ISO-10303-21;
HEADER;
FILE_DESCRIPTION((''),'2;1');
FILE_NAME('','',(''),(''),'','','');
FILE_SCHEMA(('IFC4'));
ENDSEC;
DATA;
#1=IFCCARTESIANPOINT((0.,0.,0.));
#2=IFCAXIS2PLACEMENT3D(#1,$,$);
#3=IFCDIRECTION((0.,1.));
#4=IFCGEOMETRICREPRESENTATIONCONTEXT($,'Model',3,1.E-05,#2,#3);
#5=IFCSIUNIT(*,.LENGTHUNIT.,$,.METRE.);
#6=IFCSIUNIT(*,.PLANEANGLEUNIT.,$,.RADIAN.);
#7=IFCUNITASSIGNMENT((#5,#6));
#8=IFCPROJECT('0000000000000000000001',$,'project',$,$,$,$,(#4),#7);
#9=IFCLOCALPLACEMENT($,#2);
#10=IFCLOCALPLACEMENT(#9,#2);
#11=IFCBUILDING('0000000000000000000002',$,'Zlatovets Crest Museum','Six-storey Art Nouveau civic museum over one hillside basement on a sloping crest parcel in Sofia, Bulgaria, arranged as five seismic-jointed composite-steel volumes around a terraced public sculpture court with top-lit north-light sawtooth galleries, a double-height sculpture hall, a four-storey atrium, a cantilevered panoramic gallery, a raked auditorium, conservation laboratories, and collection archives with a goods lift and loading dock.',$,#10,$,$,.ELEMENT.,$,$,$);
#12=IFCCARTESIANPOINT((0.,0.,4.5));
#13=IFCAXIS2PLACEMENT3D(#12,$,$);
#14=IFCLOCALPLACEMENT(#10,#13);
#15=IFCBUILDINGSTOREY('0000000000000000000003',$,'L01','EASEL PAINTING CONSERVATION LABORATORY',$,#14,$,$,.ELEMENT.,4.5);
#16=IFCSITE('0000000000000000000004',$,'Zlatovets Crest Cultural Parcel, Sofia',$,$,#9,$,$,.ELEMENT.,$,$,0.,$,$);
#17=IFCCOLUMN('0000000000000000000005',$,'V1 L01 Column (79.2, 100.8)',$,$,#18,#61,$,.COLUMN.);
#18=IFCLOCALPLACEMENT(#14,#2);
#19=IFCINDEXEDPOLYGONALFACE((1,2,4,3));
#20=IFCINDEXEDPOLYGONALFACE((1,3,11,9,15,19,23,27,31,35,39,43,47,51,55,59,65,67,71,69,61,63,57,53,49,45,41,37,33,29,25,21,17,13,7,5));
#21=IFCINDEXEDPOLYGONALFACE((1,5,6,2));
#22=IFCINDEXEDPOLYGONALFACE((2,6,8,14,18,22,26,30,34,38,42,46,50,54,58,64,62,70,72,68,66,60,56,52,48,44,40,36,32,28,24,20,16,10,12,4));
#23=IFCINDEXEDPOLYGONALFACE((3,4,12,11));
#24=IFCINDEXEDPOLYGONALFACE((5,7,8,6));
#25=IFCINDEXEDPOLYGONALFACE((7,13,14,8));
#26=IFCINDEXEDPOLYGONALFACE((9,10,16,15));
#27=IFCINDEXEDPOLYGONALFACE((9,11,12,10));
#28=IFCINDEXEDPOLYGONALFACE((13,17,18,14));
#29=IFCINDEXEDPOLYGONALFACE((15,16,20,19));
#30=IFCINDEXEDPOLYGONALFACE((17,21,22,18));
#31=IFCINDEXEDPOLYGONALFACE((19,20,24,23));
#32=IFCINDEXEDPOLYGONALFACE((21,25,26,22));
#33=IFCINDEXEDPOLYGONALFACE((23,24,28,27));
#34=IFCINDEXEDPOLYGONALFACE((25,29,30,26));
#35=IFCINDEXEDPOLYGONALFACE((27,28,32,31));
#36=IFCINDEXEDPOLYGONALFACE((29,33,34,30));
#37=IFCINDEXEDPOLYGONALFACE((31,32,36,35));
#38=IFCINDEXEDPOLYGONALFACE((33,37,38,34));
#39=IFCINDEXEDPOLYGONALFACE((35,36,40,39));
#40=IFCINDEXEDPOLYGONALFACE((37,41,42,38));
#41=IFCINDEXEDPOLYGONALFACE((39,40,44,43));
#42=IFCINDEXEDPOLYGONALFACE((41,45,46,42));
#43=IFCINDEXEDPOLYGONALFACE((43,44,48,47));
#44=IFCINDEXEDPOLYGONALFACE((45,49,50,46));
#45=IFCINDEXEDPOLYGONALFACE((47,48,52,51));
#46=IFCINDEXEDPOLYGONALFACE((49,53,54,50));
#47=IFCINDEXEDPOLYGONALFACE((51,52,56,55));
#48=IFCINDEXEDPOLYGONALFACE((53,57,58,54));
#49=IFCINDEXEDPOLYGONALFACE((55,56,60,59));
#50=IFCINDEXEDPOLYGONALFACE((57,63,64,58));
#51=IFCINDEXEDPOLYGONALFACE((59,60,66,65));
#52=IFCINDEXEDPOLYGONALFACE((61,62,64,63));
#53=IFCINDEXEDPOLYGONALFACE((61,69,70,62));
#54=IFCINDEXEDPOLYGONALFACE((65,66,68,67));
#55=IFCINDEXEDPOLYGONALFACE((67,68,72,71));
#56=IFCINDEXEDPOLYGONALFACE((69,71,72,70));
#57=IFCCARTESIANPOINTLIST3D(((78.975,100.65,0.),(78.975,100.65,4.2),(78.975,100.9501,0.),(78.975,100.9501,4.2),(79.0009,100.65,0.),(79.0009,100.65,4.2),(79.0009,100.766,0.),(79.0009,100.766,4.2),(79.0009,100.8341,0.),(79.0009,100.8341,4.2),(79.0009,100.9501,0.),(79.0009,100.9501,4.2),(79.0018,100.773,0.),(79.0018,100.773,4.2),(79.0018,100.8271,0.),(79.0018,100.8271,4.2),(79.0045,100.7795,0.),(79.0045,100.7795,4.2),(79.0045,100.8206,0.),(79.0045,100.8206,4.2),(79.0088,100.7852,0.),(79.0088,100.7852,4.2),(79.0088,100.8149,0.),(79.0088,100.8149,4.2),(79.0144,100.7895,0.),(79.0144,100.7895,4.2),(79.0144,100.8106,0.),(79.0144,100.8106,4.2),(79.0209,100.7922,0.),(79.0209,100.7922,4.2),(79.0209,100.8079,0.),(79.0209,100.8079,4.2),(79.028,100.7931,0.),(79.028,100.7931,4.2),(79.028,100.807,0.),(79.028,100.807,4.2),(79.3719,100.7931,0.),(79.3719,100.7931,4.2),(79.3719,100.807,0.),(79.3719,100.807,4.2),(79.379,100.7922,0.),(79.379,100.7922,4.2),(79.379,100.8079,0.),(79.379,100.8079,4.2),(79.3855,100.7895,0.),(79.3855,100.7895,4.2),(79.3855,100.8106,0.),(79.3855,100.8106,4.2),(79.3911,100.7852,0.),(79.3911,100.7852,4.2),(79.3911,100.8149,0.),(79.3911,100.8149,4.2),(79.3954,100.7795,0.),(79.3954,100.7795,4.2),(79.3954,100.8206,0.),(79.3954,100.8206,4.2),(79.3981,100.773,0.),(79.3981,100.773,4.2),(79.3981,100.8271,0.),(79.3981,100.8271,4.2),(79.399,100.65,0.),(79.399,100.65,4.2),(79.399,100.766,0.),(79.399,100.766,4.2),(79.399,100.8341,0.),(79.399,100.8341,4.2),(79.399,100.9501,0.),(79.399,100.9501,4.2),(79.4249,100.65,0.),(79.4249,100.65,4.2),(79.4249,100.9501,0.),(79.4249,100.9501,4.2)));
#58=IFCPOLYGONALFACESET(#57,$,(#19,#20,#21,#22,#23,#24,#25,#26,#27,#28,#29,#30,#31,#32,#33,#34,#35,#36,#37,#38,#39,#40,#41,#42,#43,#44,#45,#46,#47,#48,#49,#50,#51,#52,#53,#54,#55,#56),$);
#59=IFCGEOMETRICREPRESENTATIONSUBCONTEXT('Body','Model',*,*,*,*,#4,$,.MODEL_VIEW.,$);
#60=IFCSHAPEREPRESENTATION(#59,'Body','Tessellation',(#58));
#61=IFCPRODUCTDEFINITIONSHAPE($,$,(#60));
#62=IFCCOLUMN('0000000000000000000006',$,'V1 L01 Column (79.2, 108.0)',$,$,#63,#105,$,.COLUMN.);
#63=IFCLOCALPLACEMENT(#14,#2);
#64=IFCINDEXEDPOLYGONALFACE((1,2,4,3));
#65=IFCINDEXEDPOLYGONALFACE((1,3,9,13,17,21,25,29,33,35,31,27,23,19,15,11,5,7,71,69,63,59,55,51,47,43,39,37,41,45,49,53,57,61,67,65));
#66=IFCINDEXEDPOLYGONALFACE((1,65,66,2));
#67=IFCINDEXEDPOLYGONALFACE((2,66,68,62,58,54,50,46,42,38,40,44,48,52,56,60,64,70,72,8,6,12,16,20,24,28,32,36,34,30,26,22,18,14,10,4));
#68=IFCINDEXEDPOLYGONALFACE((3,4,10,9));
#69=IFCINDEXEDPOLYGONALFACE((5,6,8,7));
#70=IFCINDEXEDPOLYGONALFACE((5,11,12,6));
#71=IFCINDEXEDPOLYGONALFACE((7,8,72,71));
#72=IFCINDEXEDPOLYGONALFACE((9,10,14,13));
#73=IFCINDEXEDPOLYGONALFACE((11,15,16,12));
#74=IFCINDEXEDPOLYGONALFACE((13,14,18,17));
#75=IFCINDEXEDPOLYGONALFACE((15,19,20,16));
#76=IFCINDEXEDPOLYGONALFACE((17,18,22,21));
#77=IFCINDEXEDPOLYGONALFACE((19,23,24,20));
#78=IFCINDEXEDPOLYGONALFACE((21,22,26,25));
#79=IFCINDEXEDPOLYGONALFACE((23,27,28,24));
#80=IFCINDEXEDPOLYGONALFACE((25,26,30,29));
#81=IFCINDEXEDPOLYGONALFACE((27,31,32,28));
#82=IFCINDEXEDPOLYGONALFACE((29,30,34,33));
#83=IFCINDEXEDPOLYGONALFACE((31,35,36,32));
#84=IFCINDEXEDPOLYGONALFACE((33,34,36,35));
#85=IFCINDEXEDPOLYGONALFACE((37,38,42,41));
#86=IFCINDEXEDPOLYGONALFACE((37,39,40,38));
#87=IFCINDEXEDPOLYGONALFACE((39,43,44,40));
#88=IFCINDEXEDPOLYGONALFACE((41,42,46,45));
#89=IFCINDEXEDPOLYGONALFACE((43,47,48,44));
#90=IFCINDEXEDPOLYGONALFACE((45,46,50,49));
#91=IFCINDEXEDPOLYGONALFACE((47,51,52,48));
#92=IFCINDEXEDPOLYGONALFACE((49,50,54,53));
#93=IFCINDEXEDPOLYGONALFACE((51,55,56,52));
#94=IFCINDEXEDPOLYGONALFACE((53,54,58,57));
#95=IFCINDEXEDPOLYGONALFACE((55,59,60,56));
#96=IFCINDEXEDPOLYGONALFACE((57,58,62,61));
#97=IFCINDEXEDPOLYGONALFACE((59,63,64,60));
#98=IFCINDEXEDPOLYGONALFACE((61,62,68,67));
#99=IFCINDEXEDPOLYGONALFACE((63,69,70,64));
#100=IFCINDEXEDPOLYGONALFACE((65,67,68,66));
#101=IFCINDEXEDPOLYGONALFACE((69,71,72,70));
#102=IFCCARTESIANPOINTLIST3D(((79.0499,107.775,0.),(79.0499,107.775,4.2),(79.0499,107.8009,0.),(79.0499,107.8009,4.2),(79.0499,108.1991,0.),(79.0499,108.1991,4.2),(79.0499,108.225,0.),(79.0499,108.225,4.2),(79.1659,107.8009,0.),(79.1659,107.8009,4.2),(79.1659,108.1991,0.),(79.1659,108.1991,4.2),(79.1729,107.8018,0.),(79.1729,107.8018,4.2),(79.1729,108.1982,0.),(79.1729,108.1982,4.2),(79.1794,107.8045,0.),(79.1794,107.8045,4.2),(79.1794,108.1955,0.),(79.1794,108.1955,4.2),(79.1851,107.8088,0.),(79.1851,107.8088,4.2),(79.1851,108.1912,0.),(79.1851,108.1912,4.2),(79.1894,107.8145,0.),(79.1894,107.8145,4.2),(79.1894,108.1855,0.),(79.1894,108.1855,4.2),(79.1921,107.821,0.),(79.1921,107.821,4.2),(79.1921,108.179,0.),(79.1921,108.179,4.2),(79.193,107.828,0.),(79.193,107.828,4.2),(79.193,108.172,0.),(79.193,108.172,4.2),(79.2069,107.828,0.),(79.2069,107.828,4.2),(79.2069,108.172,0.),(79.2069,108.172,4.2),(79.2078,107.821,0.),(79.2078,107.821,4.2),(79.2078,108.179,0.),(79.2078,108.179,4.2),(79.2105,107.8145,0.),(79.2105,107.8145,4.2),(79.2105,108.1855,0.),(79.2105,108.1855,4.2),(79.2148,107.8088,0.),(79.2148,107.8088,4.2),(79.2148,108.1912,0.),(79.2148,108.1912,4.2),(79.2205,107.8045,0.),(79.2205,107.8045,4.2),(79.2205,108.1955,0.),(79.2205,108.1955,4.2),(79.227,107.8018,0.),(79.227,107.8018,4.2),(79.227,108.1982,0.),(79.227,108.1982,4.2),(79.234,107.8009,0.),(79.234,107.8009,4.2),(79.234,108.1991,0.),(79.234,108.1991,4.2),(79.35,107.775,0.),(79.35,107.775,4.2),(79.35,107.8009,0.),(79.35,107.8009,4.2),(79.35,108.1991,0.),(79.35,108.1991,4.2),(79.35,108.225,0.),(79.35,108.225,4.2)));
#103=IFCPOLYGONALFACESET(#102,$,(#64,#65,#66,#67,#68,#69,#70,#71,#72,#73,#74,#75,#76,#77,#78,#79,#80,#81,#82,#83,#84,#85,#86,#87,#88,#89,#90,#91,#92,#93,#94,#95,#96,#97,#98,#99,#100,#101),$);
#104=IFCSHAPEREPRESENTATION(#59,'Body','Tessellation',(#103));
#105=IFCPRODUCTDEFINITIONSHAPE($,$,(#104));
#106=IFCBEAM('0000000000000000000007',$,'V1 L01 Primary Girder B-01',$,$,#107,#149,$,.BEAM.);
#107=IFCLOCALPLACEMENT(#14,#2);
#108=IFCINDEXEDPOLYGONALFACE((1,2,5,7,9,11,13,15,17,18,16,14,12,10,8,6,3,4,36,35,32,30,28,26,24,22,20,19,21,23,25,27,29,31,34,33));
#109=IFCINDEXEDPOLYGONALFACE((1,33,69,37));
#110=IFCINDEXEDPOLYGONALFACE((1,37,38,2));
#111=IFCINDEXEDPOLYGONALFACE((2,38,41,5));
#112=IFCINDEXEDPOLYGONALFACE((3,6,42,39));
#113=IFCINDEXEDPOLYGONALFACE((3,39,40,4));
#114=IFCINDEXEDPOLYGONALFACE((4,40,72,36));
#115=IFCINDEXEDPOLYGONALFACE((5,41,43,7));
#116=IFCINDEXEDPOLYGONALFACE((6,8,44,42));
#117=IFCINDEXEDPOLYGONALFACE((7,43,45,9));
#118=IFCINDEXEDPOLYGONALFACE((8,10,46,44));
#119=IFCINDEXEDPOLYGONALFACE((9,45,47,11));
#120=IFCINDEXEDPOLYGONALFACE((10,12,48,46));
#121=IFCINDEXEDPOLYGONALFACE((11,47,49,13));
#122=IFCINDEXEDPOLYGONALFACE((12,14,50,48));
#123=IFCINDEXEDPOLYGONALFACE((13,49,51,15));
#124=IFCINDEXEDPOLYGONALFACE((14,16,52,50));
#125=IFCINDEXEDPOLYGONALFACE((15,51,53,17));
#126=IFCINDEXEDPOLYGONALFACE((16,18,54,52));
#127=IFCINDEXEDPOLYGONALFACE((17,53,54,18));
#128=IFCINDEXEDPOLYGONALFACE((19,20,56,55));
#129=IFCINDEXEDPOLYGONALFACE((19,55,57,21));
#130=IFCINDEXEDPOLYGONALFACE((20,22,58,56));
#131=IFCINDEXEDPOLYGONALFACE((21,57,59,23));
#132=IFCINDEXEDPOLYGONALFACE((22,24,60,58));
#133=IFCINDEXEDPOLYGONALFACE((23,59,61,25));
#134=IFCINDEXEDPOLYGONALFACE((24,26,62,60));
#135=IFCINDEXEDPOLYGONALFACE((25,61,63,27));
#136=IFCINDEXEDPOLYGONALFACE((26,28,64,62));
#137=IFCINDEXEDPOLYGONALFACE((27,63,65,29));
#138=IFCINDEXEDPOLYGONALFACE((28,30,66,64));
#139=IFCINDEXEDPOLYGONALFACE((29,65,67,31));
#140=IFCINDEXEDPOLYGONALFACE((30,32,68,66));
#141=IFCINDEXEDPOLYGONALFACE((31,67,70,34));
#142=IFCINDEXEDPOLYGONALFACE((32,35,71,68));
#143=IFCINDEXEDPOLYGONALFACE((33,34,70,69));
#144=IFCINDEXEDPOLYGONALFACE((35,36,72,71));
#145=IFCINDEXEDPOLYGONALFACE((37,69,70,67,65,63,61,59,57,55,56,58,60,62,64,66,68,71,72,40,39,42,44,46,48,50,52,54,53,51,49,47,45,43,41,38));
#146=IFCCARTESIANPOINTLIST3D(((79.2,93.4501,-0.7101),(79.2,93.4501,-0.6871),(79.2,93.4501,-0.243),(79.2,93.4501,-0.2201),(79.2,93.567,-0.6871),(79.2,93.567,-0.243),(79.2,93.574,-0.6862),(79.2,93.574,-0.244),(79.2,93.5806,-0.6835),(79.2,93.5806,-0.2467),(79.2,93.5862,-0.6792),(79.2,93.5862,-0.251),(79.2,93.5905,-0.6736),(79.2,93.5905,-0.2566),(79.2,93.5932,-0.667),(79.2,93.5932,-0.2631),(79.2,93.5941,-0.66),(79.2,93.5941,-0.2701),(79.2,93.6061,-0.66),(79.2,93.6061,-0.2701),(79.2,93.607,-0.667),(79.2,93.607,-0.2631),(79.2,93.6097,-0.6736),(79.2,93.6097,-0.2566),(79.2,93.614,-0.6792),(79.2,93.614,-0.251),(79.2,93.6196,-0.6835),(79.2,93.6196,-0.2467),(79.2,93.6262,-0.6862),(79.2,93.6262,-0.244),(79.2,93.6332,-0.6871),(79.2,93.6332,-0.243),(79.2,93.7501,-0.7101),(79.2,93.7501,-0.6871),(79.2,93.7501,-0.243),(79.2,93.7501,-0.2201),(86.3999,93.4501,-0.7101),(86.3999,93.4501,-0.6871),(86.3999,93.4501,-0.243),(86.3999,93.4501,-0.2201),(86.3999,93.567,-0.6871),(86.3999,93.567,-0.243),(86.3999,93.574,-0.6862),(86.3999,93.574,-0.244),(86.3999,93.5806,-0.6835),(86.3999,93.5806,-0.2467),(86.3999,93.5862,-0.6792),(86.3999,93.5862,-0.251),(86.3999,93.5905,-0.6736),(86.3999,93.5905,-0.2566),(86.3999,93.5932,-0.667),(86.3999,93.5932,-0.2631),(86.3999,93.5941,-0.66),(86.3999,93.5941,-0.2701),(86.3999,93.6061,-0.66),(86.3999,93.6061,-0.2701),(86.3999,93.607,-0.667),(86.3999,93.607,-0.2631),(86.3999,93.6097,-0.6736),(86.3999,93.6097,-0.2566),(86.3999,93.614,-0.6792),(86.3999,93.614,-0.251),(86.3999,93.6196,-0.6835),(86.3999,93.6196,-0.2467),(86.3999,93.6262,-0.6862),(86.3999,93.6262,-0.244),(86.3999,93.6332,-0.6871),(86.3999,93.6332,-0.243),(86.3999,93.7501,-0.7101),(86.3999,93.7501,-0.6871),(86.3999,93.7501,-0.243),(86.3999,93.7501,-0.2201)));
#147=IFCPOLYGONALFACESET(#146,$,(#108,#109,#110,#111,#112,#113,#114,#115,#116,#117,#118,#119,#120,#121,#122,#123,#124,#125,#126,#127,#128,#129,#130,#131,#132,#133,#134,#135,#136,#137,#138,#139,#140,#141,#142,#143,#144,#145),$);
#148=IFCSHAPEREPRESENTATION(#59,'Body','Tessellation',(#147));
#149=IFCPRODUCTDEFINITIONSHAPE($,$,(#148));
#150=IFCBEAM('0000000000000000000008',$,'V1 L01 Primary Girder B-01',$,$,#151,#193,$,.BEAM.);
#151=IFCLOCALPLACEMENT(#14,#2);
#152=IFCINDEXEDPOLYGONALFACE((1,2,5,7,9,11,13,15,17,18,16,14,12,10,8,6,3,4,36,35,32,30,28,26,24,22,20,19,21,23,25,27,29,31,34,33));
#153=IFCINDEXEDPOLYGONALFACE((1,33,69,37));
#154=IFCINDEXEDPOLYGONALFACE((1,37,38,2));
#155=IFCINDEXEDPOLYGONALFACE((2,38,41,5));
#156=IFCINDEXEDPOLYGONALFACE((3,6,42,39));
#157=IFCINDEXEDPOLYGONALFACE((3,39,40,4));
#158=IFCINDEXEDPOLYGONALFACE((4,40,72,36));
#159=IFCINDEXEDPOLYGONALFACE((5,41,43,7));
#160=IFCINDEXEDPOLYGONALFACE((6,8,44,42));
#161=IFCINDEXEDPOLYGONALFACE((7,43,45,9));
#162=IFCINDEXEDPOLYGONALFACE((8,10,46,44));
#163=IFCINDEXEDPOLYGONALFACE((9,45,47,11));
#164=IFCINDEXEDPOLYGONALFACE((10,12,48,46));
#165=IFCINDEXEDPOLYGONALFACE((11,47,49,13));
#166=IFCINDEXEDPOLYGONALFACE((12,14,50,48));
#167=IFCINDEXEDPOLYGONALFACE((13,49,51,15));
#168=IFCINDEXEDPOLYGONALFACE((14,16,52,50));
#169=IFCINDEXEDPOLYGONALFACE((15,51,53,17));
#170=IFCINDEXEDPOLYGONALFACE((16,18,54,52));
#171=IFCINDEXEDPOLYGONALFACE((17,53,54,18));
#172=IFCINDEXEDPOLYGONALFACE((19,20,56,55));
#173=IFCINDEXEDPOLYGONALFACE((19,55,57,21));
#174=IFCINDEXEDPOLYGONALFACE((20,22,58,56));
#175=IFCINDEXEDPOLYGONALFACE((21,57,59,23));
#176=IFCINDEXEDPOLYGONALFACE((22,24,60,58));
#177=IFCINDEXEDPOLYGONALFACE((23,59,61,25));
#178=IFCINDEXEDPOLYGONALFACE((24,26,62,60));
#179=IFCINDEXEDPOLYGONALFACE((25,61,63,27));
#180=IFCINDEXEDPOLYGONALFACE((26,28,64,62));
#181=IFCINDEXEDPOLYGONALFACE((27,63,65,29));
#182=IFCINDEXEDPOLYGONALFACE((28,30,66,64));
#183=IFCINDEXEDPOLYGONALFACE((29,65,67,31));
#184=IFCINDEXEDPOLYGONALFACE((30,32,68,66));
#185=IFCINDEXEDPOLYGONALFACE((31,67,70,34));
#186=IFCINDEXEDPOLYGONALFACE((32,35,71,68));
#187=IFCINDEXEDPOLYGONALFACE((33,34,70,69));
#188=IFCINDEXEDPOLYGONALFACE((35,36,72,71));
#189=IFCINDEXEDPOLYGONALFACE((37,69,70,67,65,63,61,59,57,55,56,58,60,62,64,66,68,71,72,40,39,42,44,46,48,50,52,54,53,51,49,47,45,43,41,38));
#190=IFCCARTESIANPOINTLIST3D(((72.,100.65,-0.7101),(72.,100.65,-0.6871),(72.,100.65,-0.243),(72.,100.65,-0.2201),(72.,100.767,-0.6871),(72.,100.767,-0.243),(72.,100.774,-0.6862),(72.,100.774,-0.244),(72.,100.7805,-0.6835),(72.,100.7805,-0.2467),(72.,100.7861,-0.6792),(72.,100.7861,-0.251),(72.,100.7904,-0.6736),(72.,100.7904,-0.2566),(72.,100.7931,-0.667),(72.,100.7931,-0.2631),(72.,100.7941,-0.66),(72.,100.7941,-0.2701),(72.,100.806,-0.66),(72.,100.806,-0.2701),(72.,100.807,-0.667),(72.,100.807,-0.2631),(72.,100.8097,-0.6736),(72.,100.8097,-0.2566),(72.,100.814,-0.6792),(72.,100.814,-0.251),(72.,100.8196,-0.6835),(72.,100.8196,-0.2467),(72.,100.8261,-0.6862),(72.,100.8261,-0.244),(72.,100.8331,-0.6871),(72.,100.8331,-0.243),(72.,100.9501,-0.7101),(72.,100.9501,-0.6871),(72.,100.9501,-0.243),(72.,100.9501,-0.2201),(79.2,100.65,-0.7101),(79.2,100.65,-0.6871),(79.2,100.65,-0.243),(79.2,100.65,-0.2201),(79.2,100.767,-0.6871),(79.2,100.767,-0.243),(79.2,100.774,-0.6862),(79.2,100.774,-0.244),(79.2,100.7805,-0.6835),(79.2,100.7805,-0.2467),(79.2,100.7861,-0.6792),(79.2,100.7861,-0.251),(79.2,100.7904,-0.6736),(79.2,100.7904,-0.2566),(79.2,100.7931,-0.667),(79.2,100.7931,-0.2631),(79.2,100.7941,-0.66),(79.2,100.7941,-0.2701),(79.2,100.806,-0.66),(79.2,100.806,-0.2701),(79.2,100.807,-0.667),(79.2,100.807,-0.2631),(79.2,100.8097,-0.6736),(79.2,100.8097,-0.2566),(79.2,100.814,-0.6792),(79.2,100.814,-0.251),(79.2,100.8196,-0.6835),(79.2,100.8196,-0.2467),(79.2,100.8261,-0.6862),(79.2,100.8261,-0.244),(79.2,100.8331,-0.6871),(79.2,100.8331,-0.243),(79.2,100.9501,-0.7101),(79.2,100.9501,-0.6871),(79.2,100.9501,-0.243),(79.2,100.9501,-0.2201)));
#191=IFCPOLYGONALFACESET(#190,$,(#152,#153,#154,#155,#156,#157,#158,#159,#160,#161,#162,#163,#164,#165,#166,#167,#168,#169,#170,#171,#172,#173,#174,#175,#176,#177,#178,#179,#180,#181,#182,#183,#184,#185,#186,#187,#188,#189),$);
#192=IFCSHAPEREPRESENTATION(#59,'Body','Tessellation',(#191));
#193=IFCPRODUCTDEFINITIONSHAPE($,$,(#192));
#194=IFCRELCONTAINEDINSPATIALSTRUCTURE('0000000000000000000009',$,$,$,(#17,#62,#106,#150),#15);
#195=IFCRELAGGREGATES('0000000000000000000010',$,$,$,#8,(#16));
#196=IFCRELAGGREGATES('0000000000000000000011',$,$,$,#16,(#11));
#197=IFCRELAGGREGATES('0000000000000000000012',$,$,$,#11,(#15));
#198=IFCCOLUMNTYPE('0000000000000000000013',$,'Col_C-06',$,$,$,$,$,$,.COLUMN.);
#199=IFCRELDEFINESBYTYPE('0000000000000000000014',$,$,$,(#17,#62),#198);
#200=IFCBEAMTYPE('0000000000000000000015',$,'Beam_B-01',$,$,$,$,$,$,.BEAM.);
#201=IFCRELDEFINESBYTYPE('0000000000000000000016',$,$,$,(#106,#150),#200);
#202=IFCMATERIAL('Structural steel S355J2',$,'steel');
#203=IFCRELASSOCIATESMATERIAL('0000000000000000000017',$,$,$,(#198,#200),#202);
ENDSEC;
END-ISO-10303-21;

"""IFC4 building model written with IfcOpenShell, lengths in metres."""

from ifc_helpers import new_model, si_unit, direction, frame, origin, origin_2d, place, context, subcontext, project, spatial, i_section, extrude, material, material_profile, profile_set, type_object, element, save


model = new_model("IFC4")

# Units and contexts
model_context = context("Model", 3, precision=1e-05, world=origin(), true_north=direction((0.0, 1.0)))
body_context = subcontext(model_context, "Body", "Model", "MODEL_VIEW")
ifc_project = project(units=[si_unit("LENGTHUNIT", "METRE"), si_unit("PLANEANGLEUNIT", "RADIAN")], contexts=[model_context])

# Site, building, storey
site_placement = place(None, origin())
site = spatial("IfcSite", under=ifc_project, at=site_placement, Name="Zlatovets Crest Cultural Parcel, Sofia", CompositionType="ELEMENT", RefElevation=0.0)
building_placement = place(site_placement, origin())
building = spatial("IfcBuilding", under=site, at=building_placement, Name="Zlatovets Crest Museum", Description="Six-storey Art Nouveau civic museum over one hillside basement on a sloping crest parcel in Sofia, Bulgaria, arranged as five seismic-jointed composite-steel volumes around a terraced public sculpture court with top-lit north-light sawtooth galleries, a double-height sculpture hall, a four-storey atrium, a cantilevered panoramic gallery, a raked auditorium, conservation laboratories, and collection archives with a goods lift and loading dock.", CompositionType="ELEMENT")
storey_placement = place(building_placement, frame((0.0, 0.0, 4.5)))
storey = spatial("IfcBuildingStorey", under=building, at=storey_placement, Name="L01", Description="EASEL PAINTING CONSERVATION LABORATORY", CompositionType="ELEMENT", Elevation=4.5)

# Columns
ifc_material = material(Name="Structural steel S355J2", Category="steel")
ifc_material_profile_1 = material_profile(ifc_material, i_section(OverallWidth=0.3, OverallDepth=0.45, WebThickness=0.0139, FlangeThickness=0.0259, FilletRadius=0.0271, at=origin_2d()), Name="HEB 450")
ifc_profile_set_1 = profile_set([ifc_material_profile_1], Name="Structural steel S355J2")
column_type = type_object("IfcColumnType", Name="Col_C-06", PredefinedType="COLUMN", material=ifc_profile_set_1)
for number, where, z_axis, x_axis, name in (
    (1, (79.2, 100.8, 0.0), (0.0, 0.0, 1.0), (0.0, 1.0, 0.0), "V1 L01 Column (79.2, 100.8)"),
    (2, (79.2, 108.0, 0.0), (0.0, 0.0, 1.0), (1.0, 0.0, 0.0), "V1 L01 Column (79.2, 108.0)"),
):
    element("IfcColumn", number, at=place(storey_placement, frame(where, z_axis=z_axis, x_axis=x_axis)), inside=storey, type_object=column_type, Name=name, PredefinedType="COLUMN", context=body_context, shape_type="SweptSolid", body=[
        extrude(i_section(OverallWidth=0.3, OverallDepth=0.45, WebThickness=0.0139, FlangeThickness=0.0259, FilletRadius=0.0271, at=origin_2d()), origin(), (0.0, 0.0, 1.0), 4.2),
    ])

# Beams
ifc_material_profile_2 = material_profile(ifc_material, i_section(OverallWidth=0.3, OverallDepth=0.49, WebThickness=0.012, FlangeThickness=0.0229, FilletRadius=0.0271, at=origin_2d()), Name="HEA 500")
ifc_profile_set_2 = profile_set([ifc_material_profile_2], Name="Structural steel S355J2")
beam_type_1 = type_object("IfcBeamType", Name="Beam_B-01", PredefinedType="BEAM", material=ifc_profile_set_2)
for number, where, z_axis, x_axis, name in (
    (3, (79.2, 93.6001, -0.4651), (1.0, 0.0, 0.0), (0.0, 1.0, 0.0), "V1 L01 Primary Girder B-01"),
    (4, (72.0, 100.8, -0.4651), (1.0, 0.0, 0.0), (0.0, 1.0, 0.0), "V1 L01 Primary Girder B-01"),
):
    element("IfcBeam", number, at=place(storey_placement, frame(where, z_axis=z_axis, x_axis=x_axis)), inside=storey, type_object=beam_type_1, Name=name, PredefinedType="BEAM", context=body_context, shape_type="SweptSolid", body=[
        extrude(i_section(OverallWidth=0.3, OverallDepth=0.49, WebThickness=0.012, FlangeThickness=0.0229, FilletRadius=0.0271, at=origin_2d()), origin(), (0.0, 0.0, 1.0), 7.2),
    ])

save(model, "model.ifc")
